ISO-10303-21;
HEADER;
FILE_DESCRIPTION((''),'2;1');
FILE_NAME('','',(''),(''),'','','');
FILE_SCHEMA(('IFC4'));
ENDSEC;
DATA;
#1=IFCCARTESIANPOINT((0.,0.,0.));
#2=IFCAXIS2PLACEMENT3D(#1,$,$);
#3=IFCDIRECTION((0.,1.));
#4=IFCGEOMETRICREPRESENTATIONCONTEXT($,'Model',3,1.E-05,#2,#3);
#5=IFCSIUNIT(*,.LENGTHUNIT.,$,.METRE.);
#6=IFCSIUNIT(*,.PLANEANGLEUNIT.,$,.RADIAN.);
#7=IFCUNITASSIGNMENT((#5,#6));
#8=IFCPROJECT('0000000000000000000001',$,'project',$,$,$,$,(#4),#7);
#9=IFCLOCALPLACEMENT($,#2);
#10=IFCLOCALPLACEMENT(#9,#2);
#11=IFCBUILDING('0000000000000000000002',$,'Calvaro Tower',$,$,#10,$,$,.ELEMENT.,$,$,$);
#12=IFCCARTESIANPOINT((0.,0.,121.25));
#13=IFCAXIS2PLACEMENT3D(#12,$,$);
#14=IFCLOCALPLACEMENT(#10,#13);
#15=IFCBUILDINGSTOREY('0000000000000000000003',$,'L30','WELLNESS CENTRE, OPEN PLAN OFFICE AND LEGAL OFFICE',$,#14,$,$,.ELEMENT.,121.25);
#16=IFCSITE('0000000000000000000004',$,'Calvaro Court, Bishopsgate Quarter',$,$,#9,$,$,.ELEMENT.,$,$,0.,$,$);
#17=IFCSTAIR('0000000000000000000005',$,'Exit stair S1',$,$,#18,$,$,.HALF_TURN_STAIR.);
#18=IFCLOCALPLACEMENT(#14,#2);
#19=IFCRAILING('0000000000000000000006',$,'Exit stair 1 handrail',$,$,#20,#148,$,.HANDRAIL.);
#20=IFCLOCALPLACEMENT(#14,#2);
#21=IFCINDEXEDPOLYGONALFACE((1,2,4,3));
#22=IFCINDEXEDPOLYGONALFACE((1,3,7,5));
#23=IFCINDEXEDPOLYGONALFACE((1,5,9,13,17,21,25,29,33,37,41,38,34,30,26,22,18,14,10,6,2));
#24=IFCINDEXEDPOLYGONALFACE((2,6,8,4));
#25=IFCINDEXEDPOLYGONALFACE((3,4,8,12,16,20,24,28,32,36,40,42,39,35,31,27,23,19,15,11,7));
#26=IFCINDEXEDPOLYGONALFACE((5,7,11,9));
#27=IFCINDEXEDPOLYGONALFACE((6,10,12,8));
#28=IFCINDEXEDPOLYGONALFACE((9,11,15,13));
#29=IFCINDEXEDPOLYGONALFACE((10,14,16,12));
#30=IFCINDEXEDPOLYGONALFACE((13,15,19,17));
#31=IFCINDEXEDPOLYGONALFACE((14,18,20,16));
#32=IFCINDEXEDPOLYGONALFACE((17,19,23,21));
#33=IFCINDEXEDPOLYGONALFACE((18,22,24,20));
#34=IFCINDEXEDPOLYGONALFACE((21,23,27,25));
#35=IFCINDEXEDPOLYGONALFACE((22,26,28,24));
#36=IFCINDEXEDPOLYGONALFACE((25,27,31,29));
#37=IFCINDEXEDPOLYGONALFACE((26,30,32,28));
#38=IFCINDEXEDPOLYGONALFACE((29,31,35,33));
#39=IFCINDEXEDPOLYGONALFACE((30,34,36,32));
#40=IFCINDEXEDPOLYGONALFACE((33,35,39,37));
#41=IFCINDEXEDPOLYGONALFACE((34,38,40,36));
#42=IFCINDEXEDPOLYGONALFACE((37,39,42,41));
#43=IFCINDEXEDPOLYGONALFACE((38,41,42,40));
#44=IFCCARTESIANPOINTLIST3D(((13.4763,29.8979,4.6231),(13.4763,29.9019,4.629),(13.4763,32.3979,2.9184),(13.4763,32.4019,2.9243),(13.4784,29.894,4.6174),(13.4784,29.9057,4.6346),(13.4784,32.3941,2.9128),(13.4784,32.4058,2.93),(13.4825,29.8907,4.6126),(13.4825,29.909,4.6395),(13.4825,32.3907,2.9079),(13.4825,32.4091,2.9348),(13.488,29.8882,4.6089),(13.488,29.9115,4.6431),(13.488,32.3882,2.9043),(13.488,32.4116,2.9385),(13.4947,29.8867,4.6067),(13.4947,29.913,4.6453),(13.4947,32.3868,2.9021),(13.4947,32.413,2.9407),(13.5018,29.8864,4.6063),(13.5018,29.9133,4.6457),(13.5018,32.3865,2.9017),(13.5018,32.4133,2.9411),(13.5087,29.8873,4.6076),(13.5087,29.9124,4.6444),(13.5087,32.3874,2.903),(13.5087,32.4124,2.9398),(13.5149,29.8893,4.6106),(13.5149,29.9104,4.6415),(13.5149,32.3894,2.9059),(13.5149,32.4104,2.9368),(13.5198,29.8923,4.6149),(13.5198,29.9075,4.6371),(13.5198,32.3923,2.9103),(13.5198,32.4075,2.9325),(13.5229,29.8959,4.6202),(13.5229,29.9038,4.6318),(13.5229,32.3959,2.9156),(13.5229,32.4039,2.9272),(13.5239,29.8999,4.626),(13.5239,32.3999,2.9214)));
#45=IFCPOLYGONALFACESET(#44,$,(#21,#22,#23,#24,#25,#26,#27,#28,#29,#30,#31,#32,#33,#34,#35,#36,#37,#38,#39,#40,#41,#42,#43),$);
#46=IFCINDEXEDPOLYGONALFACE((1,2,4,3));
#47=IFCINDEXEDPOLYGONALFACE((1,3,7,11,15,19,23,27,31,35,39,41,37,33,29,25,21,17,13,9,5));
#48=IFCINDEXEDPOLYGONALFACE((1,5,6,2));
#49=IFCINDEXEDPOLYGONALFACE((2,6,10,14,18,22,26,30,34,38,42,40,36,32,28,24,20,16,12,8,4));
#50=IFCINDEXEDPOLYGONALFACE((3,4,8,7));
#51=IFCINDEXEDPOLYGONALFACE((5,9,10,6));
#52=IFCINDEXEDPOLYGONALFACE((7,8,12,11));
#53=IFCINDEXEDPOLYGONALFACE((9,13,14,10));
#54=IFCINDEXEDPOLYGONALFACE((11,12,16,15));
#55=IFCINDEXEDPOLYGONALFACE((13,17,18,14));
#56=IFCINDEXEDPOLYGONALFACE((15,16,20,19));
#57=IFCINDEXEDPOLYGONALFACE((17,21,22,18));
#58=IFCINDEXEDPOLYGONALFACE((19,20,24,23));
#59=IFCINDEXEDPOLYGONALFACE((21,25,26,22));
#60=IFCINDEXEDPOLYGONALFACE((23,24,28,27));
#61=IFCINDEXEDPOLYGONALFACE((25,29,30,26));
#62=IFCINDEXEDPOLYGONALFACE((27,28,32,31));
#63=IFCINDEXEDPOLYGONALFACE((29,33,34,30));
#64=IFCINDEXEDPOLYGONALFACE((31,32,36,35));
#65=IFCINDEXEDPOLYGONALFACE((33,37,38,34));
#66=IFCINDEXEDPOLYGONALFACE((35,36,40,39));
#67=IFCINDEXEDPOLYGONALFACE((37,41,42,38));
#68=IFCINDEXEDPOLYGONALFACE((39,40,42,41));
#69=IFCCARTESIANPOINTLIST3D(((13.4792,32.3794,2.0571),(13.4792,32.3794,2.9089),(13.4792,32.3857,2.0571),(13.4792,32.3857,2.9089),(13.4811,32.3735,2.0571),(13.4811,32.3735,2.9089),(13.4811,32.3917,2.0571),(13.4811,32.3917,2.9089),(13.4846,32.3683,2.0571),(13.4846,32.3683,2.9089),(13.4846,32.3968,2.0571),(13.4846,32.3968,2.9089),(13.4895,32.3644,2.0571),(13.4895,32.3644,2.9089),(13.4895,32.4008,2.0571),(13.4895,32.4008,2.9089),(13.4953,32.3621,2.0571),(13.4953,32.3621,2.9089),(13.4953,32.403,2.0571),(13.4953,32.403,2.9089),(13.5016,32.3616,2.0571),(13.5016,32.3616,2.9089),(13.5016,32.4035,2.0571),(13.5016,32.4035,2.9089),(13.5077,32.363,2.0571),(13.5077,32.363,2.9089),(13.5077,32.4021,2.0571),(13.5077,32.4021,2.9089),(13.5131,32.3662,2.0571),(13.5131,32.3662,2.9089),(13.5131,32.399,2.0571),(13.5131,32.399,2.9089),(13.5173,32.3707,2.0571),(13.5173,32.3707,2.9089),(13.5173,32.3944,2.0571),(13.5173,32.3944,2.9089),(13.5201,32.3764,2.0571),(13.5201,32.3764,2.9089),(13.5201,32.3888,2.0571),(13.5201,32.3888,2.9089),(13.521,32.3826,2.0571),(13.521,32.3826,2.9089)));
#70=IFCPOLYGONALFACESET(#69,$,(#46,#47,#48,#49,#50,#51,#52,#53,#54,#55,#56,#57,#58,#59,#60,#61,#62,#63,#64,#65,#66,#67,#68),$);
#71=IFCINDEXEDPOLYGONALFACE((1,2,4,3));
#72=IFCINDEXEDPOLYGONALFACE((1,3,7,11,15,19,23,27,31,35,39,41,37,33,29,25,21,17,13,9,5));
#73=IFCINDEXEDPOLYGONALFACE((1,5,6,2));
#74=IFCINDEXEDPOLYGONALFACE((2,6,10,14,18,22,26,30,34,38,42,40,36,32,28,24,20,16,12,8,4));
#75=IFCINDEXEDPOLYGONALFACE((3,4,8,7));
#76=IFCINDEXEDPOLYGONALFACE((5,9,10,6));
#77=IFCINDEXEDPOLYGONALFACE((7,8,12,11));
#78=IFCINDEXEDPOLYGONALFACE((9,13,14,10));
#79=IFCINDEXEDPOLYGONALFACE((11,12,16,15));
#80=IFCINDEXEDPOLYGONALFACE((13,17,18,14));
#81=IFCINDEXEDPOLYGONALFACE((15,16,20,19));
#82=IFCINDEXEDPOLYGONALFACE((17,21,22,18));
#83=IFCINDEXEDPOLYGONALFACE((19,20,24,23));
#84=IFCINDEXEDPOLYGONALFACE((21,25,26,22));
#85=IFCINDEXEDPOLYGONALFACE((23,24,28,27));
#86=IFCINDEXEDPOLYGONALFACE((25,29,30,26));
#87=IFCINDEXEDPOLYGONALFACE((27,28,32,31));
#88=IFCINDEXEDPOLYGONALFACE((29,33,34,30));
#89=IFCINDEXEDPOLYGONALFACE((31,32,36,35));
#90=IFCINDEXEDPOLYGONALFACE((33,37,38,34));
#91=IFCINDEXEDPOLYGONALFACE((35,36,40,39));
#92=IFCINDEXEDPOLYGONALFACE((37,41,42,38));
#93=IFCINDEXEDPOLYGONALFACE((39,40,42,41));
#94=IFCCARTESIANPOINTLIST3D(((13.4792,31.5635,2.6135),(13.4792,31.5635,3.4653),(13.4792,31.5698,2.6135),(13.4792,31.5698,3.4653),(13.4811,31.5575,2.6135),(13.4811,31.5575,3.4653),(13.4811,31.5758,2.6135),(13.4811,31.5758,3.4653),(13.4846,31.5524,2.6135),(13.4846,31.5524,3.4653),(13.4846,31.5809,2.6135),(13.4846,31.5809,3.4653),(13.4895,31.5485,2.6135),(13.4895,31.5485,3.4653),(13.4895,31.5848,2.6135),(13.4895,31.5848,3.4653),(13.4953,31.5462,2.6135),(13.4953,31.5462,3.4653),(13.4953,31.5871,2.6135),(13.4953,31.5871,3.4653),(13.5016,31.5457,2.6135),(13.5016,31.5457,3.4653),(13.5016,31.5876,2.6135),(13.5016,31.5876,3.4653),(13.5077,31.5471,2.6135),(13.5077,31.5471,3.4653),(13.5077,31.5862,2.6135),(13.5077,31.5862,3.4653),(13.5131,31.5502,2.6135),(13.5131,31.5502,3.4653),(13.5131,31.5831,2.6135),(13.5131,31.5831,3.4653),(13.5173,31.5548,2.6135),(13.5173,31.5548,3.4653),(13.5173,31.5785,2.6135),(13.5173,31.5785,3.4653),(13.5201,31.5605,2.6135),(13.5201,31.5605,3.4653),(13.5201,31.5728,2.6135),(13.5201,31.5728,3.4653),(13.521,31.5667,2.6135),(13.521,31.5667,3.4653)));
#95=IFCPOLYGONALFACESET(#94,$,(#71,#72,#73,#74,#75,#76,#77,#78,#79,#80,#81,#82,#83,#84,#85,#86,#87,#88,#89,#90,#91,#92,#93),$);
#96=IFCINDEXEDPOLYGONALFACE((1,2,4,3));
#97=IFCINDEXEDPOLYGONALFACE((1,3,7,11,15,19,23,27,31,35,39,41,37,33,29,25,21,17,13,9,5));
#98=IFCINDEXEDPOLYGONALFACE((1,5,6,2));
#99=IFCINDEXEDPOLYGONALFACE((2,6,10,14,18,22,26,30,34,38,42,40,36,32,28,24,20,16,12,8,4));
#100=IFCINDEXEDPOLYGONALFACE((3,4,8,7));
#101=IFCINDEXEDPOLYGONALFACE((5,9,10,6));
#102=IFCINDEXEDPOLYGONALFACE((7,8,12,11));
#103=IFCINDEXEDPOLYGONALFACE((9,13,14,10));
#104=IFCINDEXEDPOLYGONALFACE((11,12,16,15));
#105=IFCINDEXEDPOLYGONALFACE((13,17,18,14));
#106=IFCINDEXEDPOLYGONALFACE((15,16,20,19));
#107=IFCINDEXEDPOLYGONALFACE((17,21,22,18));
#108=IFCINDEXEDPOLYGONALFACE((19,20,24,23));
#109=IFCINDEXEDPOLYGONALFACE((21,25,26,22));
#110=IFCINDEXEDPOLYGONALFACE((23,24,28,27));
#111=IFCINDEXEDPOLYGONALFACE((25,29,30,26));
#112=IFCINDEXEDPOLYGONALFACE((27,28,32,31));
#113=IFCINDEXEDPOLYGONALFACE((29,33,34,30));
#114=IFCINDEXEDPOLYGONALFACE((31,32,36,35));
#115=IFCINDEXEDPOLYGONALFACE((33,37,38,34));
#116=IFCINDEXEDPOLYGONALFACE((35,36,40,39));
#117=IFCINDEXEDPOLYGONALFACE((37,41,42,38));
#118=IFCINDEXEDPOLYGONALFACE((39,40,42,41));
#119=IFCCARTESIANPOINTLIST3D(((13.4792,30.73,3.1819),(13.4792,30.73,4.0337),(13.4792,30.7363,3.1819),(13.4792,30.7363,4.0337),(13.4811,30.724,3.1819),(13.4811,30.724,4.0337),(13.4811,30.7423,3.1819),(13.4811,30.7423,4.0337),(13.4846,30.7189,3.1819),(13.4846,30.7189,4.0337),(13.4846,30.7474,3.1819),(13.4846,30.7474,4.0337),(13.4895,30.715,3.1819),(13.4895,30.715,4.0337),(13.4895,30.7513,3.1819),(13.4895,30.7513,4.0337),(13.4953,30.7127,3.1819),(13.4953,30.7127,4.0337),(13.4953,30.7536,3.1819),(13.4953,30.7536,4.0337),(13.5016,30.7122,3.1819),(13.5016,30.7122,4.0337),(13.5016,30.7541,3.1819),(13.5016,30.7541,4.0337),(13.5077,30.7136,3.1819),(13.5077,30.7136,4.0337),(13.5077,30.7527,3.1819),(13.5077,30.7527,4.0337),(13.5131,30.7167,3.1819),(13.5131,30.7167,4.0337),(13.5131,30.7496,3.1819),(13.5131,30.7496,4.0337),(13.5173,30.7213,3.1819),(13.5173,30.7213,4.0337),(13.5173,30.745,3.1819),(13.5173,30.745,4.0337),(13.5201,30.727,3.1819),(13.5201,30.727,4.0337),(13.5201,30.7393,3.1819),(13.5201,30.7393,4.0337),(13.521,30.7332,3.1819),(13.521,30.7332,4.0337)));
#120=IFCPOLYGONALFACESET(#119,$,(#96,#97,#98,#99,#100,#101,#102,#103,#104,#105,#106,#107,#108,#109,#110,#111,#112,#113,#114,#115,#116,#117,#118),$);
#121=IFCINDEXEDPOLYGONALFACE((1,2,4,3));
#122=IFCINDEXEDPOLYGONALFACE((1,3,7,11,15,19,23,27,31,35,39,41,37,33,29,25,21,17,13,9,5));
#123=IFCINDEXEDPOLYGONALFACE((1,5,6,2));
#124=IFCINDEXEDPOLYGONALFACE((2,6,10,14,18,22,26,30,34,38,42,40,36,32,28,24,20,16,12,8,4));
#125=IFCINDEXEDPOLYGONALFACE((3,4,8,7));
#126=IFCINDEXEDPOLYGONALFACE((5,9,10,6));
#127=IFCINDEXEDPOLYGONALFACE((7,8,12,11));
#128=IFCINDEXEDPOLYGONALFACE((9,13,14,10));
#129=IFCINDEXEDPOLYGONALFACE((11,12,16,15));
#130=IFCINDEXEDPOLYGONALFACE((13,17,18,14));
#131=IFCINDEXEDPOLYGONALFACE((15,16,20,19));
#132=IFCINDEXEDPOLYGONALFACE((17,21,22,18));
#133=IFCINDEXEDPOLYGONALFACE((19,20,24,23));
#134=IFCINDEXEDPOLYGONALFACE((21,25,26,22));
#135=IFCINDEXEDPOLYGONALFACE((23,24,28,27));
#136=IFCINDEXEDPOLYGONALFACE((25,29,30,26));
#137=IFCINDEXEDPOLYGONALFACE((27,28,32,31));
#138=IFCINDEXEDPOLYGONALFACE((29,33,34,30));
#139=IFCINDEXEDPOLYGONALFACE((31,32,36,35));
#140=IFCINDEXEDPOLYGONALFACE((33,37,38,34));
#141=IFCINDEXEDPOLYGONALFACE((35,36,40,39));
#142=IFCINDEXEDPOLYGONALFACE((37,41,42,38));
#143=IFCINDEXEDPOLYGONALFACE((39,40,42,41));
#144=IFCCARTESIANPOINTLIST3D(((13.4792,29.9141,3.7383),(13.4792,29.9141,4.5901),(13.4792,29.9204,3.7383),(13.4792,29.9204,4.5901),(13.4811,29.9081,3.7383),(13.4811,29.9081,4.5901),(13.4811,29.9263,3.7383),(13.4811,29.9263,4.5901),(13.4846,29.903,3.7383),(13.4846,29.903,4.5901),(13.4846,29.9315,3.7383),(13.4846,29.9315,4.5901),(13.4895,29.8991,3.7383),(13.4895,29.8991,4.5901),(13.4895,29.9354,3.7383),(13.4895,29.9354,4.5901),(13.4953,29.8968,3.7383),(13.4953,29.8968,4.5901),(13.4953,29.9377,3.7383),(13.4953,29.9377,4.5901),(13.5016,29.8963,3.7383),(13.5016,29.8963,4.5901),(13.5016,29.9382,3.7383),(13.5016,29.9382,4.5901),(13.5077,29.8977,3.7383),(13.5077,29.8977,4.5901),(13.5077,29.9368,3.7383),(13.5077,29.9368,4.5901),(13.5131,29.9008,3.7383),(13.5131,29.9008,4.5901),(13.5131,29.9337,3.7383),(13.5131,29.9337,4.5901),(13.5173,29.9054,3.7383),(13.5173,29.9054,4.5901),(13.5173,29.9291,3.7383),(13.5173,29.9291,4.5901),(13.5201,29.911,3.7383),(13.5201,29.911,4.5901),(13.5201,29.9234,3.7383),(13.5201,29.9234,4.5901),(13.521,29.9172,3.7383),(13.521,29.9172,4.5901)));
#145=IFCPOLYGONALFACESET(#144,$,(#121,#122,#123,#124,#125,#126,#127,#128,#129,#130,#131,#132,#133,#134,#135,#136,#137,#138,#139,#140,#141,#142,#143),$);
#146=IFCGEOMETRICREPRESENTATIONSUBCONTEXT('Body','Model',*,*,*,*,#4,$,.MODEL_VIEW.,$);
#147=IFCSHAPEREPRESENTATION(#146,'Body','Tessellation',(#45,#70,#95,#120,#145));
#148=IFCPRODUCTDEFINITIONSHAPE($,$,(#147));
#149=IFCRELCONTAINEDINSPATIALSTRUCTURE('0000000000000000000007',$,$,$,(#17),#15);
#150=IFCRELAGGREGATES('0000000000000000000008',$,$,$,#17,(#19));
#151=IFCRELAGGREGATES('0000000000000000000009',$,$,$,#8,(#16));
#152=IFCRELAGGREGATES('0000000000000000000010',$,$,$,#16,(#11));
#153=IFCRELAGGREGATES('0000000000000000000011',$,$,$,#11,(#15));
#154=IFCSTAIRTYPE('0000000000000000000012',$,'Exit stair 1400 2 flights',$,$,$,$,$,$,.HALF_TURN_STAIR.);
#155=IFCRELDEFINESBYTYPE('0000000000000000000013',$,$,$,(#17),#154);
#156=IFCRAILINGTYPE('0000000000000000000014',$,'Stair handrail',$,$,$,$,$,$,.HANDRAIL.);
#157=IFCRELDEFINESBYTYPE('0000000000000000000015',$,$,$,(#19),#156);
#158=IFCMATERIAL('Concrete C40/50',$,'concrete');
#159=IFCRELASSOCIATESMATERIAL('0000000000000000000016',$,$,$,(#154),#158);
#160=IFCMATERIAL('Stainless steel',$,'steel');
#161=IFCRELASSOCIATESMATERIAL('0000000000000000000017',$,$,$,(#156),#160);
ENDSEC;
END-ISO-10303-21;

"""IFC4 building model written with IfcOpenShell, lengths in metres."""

from ifc_helpers import new_model, si_unit, direction, frame, origin, origin_2d, place, context, subcontext, project, spatial, circle, extrude, material, type_object, element, aggregate, save


model = new_model("IFC4")

# Units and contexts
model_context = context("Model", 3, precision=1e-05, world=origin(), true_north=direction((0.0, 1.0)))
body_context = subcontext(model_context, "Body", "Model", "MODEL_VIEW")
ifc_project = project(units=[si_unit("LENGTHUNIT", "METRE"), si_unit("PLANEANGLEUNIT", "RADIAN")], contexts=[model_context])

# Site, building, storey
site_placement = place(None, origin())
site = spatial("IfcSite", under=ifc_project, at=site_placement, Name="Calvaro Court, Bishopsgate Quarter", CompositionType="ELEMENT", RefElevation=0.0)
building_placement = place(site_placement, origin())
building = spatial("IfcBuilding", under=site, at=building_placement, Name="Calvaro Tower", CompositionType="ELEMENT")
storey_placement = place(building_placement, frame((0.0, 0.0, 121.25)))
storey = spatial("IfcBuildingStorey", under=building, at=storey_placement, Name="L30", Description="WELLNESS CENTRE, OPEN PLAN OFFICE AND LEGAL OFFICE", CompositionType="ELEMENT", Elevation=121.25)

# Stair, railing
ifc_material_1 = material(Name="Concrete C40/50", Category="concrete")
stair_type = type_object("IfcStairType", Name="Exit stair 1400 2 flights", PredefinedType="HALF_TURN_STAIR", material=ifc_material_1)
stair_placement = place(storey_placement, origin())
stair = element("IfcStair", 1, at=stair_placement, inside=storey, type_object=stair_type, Name="Exit stair S1", PredefinedType="HALF_TURN_STAIR")
ifc_material_2 = material(Name="Stainless steel", Category="steel")
railing_type = type_object("IfcRailingType", Name="Stair handrail", PredefinedType="HANDRAIL", material=ifc_material_2)
railing_1_placement = place(storey_placement, frame((13.5, 32.3999, 2.0454)))
railing_1 = element("IfcRailing", 2, at=railing_1_placement, type_object=railing_type, Name="Exit stair 1 handrail", PredefinedType="HANDRAIL", context=body_context, shape_type="SweptSolid", body=[
    extrude(circle(Radius=0.0239, at=origin_2d()), frame((0.0, 0.0, 0.876), z_axis=(0.0, -0.826221, 0.563347), x_axis=(1.0, 0.0, 0.0)), (0.0, 0.0, 1.0), 3.0259),
    extrude(circle(Radius=0.021, at=origin_2d()), frame((0.0, -0.0173, 0.0117)), (0.0, 0.0, 1.0), 0.8518),
    extrude(circle(Radius=0.021, at=origin_2d()), frame((0.0, -0.8333, 0.5681)), (0.0, 0.0, 1.0), 0.8518),
    extrude(circle(Radius=0.021, at=origin_2d()), frame((0.0, -1.6667, 1.1365)), (0.0, 0.0, 1.0), 0.8518),
    extrude(circle(Radius=0.021, at=origin_2d()), frame((0.0, -2.4827, 1.6929)), (0.0, 0.0, 1.0), 0.8518),
])
aggregate(stair, [railing_1])

save(model, "model.ifc")
